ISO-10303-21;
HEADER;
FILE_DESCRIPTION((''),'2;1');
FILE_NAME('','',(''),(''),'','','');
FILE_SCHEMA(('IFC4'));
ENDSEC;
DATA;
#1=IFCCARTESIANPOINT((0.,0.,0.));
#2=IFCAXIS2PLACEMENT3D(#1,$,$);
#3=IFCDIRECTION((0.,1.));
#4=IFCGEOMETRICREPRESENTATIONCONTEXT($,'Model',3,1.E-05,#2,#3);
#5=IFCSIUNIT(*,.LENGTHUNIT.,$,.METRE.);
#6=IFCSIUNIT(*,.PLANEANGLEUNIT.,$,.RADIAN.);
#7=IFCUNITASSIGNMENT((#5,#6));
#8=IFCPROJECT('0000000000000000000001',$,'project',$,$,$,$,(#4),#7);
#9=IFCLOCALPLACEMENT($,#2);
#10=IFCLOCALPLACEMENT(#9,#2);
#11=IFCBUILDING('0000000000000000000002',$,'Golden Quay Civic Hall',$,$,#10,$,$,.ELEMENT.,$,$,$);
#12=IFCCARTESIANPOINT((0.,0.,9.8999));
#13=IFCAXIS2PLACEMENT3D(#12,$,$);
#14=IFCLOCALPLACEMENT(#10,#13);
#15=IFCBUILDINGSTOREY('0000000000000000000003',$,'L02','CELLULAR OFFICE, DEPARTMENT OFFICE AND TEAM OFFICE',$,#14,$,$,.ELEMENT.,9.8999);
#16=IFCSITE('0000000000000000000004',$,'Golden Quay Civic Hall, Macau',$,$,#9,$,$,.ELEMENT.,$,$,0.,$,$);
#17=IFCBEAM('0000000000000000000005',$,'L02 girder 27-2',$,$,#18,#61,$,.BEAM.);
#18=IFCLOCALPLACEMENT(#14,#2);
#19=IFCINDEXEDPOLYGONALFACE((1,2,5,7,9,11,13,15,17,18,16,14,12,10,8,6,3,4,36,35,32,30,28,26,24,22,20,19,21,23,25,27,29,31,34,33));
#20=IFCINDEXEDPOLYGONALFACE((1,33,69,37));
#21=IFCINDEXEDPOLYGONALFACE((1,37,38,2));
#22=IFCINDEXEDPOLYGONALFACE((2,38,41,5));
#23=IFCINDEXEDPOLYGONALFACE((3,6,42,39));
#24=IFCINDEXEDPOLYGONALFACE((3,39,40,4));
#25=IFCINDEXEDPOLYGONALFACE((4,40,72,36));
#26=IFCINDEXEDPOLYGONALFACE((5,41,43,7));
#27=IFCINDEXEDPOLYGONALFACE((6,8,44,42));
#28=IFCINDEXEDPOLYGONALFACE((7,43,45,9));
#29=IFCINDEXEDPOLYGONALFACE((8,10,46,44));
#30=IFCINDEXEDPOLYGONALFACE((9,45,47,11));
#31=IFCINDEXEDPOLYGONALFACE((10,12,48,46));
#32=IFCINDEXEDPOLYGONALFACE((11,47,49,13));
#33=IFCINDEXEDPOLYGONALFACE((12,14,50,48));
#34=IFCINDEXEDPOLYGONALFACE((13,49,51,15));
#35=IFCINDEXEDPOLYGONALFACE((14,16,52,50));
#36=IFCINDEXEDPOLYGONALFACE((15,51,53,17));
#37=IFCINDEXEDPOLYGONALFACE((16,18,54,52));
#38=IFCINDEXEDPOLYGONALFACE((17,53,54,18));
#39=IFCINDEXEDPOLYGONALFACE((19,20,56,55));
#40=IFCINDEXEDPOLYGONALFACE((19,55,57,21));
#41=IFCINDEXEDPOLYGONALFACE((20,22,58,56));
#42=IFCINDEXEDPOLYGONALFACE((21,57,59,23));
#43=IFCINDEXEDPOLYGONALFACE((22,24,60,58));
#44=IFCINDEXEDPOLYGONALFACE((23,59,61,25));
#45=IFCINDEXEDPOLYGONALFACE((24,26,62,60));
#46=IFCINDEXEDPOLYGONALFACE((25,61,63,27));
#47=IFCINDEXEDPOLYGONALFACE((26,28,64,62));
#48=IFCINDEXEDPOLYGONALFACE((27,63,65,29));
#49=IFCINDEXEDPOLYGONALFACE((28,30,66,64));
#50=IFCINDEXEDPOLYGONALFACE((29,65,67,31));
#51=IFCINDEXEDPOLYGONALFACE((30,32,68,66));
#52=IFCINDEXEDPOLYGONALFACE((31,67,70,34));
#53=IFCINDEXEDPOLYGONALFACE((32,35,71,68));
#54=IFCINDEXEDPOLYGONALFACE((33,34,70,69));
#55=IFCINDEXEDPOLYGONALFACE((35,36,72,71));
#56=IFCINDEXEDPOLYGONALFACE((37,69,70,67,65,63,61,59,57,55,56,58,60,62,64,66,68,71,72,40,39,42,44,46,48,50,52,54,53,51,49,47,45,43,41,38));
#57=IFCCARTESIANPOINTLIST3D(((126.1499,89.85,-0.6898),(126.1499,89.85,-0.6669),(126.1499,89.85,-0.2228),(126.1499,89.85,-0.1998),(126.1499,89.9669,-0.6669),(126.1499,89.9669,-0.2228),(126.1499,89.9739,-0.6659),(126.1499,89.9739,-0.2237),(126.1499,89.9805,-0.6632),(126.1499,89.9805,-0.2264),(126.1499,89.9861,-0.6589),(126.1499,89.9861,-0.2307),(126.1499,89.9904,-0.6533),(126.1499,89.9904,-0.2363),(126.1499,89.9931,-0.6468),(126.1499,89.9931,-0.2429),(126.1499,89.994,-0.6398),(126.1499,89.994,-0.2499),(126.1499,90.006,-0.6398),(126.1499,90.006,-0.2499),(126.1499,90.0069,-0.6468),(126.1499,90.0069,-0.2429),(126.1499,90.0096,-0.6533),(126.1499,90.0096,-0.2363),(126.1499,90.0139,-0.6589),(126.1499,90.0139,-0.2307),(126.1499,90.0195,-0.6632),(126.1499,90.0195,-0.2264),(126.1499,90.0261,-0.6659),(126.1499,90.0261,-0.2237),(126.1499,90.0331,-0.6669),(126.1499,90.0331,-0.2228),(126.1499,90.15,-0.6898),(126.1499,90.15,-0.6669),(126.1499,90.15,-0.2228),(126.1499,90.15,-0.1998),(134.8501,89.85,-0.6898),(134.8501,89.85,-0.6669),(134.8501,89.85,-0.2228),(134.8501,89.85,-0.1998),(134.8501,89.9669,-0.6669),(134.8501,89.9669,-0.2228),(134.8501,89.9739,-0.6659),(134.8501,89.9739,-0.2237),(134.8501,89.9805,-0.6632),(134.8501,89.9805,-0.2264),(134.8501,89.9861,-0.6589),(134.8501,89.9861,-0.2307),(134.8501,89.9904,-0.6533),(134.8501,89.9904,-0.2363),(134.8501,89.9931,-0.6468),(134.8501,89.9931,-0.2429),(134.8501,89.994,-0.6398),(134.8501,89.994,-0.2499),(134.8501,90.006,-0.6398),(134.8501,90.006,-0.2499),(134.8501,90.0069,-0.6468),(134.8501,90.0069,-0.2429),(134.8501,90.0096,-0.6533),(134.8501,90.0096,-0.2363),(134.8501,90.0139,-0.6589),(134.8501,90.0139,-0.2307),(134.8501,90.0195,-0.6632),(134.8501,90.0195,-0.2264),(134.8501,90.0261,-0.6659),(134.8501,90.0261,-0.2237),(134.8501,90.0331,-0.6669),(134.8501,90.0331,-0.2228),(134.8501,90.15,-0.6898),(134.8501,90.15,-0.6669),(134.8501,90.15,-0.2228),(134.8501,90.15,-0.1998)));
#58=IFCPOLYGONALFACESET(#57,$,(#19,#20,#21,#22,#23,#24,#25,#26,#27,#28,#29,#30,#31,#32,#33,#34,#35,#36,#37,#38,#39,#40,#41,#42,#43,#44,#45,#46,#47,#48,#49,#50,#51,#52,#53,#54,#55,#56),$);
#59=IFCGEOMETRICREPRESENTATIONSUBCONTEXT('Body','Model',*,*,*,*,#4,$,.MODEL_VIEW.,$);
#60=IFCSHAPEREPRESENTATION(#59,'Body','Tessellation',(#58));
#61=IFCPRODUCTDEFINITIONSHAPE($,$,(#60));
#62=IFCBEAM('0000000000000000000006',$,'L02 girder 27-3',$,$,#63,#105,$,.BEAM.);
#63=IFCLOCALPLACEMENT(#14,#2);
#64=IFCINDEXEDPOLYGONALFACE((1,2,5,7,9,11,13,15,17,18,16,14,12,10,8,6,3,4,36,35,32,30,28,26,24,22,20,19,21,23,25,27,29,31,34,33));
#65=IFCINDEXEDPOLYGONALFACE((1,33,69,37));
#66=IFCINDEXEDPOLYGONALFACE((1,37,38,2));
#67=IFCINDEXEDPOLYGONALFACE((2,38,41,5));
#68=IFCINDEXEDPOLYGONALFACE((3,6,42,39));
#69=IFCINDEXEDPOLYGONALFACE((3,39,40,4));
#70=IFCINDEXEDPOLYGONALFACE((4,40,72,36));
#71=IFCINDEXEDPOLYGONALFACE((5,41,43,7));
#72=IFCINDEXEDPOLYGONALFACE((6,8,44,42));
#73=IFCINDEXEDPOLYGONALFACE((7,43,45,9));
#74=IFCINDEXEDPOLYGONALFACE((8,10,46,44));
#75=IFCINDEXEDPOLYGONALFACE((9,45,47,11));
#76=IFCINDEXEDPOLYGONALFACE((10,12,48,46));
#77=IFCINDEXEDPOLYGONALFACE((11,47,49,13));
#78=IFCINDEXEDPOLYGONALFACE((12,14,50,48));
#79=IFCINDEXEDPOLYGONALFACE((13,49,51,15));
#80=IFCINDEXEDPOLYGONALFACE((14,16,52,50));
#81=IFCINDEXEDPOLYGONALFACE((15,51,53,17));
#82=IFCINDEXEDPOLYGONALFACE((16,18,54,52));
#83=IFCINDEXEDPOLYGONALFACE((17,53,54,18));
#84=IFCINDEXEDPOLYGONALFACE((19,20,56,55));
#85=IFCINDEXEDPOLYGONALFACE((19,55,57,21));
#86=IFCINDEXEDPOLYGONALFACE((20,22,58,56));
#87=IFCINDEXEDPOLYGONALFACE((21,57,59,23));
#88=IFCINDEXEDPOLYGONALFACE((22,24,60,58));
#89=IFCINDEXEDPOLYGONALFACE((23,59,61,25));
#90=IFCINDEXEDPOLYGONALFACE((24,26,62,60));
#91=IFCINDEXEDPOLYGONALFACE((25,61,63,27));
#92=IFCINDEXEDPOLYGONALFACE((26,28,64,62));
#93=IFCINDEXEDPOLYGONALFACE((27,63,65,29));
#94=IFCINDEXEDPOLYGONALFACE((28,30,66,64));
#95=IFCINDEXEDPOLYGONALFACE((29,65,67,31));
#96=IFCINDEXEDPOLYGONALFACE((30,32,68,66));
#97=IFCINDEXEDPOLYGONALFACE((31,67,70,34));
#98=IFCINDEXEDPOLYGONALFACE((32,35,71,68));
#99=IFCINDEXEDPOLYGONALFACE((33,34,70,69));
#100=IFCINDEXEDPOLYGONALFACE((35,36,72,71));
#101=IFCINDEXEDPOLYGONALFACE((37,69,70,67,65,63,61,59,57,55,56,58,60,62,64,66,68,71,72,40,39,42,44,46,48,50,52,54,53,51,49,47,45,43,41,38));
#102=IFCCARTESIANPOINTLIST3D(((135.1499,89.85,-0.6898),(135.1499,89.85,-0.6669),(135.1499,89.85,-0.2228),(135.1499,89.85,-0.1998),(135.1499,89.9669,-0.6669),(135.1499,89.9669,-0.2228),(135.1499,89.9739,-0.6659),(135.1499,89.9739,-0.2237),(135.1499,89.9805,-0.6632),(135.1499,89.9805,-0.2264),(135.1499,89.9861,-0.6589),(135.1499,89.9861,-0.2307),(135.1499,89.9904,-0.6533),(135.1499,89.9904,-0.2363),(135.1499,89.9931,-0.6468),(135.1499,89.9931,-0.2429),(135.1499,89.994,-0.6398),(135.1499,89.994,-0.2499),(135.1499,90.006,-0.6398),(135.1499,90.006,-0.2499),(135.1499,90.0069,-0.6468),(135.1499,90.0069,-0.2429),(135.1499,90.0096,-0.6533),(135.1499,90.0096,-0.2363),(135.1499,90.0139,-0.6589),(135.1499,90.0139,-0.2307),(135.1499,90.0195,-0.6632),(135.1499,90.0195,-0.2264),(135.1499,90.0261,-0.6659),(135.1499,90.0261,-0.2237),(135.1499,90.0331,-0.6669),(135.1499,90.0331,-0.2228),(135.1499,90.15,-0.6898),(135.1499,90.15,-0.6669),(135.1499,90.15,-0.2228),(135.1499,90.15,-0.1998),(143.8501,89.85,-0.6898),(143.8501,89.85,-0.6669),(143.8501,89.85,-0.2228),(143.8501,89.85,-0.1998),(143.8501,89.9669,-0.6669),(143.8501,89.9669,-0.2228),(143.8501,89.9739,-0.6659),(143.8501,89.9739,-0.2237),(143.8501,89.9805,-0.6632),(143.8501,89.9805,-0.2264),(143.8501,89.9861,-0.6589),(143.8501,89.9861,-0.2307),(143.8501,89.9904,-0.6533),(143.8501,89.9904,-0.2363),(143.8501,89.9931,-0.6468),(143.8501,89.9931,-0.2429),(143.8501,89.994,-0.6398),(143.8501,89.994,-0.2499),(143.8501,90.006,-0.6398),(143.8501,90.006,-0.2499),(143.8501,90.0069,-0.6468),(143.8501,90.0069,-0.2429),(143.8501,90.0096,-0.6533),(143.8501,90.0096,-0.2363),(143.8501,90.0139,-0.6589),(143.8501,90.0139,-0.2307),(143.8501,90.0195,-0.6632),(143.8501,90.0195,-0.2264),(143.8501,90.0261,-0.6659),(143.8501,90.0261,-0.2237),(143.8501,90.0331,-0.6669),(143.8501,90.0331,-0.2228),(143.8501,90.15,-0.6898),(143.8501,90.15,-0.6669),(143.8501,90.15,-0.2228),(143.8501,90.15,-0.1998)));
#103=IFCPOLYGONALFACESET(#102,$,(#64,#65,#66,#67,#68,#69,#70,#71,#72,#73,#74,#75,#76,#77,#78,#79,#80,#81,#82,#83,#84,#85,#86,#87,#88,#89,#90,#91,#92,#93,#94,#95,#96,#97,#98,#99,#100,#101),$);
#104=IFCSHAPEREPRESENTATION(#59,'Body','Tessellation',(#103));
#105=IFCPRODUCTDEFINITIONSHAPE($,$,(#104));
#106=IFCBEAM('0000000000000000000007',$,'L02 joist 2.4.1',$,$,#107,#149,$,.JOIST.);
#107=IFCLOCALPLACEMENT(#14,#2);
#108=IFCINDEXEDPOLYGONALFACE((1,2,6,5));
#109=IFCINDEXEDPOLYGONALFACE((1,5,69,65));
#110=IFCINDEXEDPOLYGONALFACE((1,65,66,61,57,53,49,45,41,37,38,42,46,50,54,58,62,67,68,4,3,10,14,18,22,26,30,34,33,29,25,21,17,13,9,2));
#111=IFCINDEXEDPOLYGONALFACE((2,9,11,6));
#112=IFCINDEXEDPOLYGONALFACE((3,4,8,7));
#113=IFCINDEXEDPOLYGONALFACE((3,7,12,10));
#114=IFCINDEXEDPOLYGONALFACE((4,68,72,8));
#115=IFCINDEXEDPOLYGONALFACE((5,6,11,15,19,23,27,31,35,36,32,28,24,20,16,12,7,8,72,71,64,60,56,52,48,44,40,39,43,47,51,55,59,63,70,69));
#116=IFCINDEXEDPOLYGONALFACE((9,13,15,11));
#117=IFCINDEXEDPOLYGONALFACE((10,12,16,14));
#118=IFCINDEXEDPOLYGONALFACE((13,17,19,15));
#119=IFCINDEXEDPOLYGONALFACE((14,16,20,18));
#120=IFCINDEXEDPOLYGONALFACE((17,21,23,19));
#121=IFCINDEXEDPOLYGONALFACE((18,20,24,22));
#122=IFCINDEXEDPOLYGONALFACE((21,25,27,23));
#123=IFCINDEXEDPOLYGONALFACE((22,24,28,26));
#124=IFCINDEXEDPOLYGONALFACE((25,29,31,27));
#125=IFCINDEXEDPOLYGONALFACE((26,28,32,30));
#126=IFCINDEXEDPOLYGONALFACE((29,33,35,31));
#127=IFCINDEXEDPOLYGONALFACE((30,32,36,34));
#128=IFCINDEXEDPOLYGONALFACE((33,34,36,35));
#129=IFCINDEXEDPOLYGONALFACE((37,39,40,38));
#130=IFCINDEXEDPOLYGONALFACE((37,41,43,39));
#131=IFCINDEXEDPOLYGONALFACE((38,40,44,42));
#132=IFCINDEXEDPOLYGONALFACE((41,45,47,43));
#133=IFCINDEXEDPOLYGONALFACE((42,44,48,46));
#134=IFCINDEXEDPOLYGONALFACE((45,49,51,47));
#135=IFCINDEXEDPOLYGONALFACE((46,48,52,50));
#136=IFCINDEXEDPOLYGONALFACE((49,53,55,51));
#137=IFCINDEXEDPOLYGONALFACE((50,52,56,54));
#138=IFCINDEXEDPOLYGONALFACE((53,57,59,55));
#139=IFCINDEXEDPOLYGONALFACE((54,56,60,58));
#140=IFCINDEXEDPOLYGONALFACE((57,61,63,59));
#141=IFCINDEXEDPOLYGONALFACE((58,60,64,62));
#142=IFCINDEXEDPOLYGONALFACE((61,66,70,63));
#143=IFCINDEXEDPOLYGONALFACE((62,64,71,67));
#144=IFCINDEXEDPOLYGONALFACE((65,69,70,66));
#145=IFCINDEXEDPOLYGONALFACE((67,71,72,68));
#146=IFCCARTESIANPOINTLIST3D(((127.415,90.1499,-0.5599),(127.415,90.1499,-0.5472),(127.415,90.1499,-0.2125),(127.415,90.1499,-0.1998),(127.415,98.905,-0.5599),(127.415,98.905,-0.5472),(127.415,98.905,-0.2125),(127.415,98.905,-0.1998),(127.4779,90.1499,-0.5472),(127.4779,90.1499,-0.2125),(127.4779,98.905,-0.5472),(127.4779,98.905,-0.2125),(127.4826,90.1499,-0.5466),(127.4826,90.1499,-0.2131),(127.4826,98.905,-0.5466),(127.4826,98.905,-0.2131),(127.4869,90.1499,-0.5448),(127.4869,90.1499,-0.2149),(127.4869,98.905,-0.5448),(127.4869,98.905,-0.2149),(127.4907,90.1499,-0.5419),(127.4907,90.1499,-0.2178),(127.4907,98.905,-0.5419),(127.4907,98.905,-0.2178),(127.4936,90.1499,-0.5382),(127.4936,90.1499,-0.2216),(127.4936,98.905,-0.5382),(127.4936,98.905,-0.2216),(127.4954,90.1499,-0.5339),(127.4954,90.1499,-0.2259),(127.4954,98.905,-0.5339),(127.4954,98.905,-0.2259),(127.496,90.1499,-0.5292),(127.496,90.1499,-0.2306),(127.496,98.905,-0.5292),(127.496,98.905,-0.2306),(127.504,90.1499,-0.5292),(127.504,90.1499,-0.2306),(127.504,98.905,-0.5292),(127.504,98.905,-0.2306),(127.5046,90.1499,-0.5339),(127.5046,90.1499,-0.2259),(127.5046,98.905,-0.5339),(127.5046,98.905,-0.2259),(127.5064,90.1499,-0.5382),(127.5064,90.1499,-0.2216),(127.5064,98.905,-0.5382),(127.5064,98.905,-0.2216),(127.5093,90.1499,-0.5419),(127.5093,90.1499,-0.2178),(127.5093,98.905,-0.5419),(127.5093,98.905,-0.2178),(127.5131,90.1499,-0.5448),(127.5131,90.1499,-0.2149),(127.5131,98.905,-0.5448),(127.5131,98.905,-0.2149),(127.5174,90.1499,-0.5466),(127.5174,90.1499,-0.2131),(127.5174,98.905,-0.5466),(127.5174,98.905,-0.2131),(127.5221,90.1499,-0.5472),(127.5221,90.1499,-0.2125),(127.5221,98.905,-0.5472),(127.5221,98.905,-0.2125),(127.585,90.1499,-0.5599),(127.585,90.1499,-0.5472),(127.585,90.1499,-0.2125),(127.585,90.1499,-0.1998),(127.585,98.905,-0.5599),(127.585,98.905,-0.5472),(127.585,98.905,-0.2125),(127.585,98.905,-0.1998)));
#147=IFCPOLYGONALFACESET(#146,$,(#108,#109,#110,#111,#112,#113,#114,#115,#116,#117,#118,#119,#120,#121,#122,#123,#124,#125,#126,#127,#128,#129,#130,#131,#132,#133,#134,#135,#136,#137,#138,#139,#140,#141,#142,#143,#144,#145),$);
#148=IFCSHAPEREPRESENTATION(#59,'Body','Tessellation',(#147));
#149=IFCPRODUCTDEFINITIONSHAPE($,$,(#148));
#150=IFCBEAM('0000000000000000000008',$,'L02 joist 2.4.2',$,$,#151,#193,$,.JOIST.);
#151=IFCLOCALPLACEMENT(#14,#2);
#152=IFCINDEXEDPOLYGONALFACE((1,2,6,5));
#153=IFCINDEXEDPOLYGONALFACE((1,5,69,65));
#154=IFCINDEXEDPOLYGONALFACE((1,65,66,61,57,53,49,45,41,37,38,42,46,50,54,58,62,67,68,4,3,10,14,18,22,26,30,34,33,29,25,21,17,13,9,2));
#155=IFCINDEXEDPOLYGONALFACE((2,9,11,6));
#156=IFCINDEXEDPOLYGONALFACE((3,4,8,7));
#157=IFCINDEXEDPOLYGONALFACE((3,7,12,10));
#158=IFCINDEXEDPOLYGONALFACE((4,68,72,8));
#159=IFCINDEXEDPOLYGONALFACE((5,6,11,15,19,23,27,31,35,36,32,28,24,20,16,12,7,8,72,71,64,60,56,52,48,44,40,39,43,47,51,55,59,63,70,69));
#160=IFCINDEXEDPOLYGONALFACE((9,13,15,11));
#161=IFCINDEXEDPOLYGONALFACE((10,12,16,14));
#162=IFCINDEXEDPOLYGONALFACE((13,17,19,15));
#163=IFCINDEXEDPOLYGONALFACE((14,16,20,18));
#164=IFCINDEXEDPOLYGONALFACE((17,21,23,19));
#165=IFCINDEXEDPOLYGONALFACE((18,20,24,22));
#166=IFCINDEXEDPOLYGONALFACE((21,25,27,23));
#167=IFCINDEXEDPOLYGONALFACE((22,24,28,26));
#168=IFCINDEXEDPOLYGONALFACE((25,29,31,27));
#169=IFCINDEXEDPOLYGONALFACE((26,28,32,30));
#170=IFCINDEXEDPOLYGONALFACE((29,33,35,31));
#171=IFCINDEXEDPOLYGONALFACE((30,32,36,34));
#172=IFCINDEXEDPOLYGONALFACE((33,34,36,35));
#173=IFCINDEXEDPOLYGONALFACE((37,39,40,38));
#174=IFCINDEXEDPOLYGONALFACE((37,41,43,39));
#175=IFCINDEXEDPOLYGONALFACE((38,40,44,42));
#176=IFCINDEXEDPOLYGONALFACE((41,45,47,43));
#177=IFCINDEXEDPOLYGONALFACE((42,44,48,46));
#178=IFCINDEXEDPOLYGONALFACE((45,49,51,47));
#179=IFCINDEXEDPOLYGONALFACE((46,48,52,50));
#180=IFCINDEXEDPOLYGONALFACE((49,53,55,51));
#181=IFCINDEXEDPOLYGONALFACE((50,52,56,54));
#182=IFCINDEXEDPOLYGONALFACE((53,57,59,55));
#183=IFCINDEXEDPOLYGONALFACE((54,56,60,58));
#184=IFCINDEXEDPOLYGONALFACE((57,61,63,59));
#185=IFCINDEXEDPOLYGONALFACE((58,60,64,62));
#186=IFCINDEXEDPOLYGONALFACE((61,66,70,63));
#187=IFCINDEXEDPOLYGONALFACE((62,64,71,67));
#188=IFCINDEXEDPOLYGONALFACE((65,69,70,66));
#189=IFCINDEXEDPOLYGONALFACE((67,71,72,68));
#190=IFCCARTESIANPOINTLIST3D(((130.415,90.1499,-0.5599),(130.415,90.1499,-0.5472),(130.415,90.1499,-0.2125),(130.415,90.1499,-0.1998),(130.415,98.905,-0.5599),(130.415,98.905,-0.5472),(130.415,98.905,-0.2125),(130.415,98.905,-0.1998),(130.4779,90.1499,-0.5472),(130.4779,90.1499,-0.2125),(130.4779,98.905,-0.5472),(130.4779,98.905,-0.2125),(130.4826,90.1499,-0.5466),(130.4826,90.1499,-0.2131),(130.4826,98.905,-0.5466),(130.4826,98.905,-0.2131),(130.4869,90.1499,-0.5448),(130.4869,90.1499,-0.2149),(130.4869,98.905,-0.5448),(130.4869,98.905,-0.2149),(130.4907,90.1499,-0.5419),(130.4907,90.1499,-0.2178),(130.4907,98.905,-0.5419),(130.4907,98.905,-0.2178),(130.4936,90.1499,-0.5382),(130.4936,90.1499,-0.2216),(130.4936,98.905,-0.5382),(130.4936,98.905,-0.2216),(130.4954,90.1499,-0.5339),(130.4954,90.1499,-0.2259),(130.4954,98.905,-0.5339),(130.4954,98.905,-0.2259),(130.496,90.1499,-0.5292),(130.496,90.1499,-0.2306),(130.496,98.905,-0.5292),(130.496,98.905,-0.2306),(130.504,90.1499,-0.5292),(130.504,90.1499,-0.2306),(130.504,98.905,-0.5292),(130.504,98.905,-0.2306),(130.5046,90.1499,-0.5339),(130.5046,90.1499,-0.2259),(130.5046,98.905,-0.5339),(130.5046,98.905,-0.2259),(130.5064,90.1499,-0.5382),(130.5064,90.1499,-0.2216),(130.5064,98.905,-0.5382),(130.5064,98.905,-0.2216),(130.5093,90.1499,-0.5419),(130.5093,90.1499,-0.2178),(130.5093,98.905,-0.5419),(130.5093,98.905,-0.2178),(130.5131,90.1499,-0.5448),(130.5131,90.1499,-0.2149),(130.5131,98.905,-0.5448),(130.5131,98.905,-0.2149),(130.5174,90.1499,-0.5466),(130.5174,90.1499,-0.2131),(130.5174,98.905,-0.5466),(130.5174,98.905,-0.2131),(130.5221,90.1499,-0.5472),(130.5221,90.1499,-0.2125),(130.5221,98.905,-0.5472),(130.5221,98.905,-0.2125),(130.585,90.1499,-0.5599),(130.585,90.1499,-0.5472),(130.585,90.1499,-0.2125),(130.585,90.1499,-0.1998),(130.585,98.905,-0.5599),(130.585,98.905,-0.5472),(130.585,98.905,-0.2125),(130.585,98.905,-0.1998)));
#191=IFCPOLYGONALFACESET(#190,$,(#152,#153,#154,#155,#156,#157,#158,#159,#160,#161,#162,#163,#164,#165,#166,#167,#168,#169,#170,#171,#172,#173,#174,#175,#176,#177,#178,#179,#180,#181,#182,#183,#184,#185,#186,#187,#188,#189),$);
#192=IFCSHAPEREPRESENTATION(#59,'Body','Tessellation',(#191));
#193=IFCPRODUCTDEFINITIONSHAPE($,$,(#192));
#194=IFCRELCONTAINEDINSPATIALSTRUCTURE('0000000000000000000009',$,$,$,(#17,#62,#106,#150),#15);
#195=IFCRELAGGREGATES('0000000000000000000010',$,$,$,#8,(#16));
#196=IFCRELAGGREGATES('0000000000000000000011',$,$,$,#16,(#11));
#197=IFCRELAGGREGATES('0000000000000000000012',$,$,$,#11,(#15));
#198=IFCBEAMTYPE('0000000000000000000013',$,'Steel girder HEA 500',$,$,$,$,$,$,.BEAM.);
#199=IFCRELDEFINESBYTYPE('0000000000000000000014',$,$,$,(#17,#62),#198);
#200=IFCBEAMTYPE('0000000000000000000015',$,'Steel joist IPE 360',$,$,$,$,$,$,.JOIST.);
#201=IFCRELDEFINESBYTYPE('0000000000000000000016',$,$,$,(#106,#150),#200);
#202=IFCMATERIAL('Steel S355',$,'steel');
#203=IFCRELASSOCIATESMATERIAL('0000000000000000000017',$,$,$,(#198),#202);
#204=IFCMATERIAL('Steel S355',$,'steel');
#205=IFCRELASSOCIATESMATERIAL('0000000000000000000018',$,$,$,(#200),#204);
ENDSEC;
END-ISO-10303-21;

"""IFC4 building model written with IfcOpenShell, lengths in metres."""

from ifc_helpers import new_model, si_unit, direction, frame, origin, origin_2d, place, context, subcontext, project, spatial, i_section, extrude, material, material_profile, profile_set, type_object, element, save


model = new_model("IFC4")

# Units and contexts
model_context = context("Model", 3, precision=1e-05, world=origin(), true_north=direction((0.0, 1.0)))
body_context = subcontext(model_context, "Body", "Model", "MODEL_VIEW")
ifc_project = project(units=[si_unit("LENGTHUNIT", "METRE"), si_unit("PLANEANGLEUNIT", "RADIAN")], contexts=[model_context])

# Site, building, storey
site_placement = place(None, origin())
site = spatial("IfcSite", under=ifc_project, at=site_placement, Name="Golden Quay Civic Hall, Macau", CompositionType="ELEMENT", RefElevation=0.0)
building_placement = place(site_placement, origin())
building = spatial("IfcBuilding", under=site, at=building_placement, Name="Golden Quay Civic Hall", CompositionType="ELEMENT")
storey_placement = place(building_placement, frame((0.0, 0.0, 9.8999)))
storey = spatial("IfcBuildingStorey", under=building, at=storey_placement, Name="L02", Description="CELLULAR OFFICE, DEPARTMENT OFFICE AND TEAM OFFICE", CompositionType="ELEMENT", Elevation=9.8999)

# Beams
ifc_material_1 = material(Name="Steel S355", Category="steel")
ifc_material_profile_1 = material_profile(ifc_material_1, i_section(OverallWidth=0.3, OverallDepth=0.49, WebThickness=0.012, FlangeThickness=0.0229, FilletRadius=0.0271, at=origin_2d()), Name="HEA 500")
ifc_profile_set_1 = profile_set([ifc_material_profile_1], Name="Steel S355")
beam_type_1 = type_object("IfcBeamType", Name="Steel girder HEA 500", PredefinedType="BEAM", material=ifc_profile_set_1)
for number, where, z_axis, x_axis, name in (
    (1, (126.1499, 90.0, -0.4448), (1.0, 0.0, 0.0), (0.0, 1.0, 0.0), "L02 girder 27-2"),
    (2, (135.1499, 90.0, -0.4448), (1.0, 0.0, 0.0), (0.0, 1.0, 0.0), "L02 girder 27-3"),
):
    element("IfcBeam", number, at=place(storey_placement, frame(where, z_axis=z_axis, x_axis=x_axis)), inside=storey, type_object=beam_type_1, Name=name, PredefinedType="BEAM", context=body_context, shape_type="SweptSolid", body=[
        extrude(i_section(OverallWidth=0.3, OverallDepth=0.49, WebThickness=0.012, FlangeThickness=0.0229, FilletRadius=0.0271, at=origin_2d()), origin(), (0.0, 0.0, 1.0), 8.7002),
    ])
ifc_material_2 = material(Name="Steel S355", Category="steel")
ifc_material_profile_2 = material_profile(ifc_material_2, i_section(OverallWidth=0.1699, OverallDepth=0.3601, WebThickness=0.0081, FlangeThickness=0.0127, FilletRadius=0.0181, at=origin_2d()), Name="IPE 360")
ifc_profile_set_2 = profile_set([ifc_material_profile_2], Name="Steel S355")
beam_type_2 = type_object("IfcBeamType", Name="Steel joist IPE 360", PredefinedType="JOIST", material=ifc_profile_set_2)
for number, where, z_axis, x_axis, name in (
    (3, (127.5, 90.1499, -0.3799), (0.0, 1.0, 0.0), (-1.0, 0.0, 0.0), "L02 joist 2.4.1"),
    (4, (130.5, 90.1499, -0.3799), (0.0, 1.0, 0.0), (-1.0, 0.0, 0.0), "L02 joist 2.4.2"),
):
    element("IfcBeam", number, at=place(storey_placement, frame(where, z_axis=z_axis, x_axis=x_axis)), inside=storey, type_object=beam_type_2, Name=name, PredefinedType="JOIST", context=body_context, shape_type="SweptSolid", body=[
        extrude(i_section(OverallWidth=0.1699, OverallDepth=0.3601, WebThickness=0.0081, FlangeThickness=0.0127, FilletRadius=0.0181, at=origin_2d()), origin(), (0.0, 0.0, 1.0), 8.7551),
    ])

save(model, "model.ifc")
